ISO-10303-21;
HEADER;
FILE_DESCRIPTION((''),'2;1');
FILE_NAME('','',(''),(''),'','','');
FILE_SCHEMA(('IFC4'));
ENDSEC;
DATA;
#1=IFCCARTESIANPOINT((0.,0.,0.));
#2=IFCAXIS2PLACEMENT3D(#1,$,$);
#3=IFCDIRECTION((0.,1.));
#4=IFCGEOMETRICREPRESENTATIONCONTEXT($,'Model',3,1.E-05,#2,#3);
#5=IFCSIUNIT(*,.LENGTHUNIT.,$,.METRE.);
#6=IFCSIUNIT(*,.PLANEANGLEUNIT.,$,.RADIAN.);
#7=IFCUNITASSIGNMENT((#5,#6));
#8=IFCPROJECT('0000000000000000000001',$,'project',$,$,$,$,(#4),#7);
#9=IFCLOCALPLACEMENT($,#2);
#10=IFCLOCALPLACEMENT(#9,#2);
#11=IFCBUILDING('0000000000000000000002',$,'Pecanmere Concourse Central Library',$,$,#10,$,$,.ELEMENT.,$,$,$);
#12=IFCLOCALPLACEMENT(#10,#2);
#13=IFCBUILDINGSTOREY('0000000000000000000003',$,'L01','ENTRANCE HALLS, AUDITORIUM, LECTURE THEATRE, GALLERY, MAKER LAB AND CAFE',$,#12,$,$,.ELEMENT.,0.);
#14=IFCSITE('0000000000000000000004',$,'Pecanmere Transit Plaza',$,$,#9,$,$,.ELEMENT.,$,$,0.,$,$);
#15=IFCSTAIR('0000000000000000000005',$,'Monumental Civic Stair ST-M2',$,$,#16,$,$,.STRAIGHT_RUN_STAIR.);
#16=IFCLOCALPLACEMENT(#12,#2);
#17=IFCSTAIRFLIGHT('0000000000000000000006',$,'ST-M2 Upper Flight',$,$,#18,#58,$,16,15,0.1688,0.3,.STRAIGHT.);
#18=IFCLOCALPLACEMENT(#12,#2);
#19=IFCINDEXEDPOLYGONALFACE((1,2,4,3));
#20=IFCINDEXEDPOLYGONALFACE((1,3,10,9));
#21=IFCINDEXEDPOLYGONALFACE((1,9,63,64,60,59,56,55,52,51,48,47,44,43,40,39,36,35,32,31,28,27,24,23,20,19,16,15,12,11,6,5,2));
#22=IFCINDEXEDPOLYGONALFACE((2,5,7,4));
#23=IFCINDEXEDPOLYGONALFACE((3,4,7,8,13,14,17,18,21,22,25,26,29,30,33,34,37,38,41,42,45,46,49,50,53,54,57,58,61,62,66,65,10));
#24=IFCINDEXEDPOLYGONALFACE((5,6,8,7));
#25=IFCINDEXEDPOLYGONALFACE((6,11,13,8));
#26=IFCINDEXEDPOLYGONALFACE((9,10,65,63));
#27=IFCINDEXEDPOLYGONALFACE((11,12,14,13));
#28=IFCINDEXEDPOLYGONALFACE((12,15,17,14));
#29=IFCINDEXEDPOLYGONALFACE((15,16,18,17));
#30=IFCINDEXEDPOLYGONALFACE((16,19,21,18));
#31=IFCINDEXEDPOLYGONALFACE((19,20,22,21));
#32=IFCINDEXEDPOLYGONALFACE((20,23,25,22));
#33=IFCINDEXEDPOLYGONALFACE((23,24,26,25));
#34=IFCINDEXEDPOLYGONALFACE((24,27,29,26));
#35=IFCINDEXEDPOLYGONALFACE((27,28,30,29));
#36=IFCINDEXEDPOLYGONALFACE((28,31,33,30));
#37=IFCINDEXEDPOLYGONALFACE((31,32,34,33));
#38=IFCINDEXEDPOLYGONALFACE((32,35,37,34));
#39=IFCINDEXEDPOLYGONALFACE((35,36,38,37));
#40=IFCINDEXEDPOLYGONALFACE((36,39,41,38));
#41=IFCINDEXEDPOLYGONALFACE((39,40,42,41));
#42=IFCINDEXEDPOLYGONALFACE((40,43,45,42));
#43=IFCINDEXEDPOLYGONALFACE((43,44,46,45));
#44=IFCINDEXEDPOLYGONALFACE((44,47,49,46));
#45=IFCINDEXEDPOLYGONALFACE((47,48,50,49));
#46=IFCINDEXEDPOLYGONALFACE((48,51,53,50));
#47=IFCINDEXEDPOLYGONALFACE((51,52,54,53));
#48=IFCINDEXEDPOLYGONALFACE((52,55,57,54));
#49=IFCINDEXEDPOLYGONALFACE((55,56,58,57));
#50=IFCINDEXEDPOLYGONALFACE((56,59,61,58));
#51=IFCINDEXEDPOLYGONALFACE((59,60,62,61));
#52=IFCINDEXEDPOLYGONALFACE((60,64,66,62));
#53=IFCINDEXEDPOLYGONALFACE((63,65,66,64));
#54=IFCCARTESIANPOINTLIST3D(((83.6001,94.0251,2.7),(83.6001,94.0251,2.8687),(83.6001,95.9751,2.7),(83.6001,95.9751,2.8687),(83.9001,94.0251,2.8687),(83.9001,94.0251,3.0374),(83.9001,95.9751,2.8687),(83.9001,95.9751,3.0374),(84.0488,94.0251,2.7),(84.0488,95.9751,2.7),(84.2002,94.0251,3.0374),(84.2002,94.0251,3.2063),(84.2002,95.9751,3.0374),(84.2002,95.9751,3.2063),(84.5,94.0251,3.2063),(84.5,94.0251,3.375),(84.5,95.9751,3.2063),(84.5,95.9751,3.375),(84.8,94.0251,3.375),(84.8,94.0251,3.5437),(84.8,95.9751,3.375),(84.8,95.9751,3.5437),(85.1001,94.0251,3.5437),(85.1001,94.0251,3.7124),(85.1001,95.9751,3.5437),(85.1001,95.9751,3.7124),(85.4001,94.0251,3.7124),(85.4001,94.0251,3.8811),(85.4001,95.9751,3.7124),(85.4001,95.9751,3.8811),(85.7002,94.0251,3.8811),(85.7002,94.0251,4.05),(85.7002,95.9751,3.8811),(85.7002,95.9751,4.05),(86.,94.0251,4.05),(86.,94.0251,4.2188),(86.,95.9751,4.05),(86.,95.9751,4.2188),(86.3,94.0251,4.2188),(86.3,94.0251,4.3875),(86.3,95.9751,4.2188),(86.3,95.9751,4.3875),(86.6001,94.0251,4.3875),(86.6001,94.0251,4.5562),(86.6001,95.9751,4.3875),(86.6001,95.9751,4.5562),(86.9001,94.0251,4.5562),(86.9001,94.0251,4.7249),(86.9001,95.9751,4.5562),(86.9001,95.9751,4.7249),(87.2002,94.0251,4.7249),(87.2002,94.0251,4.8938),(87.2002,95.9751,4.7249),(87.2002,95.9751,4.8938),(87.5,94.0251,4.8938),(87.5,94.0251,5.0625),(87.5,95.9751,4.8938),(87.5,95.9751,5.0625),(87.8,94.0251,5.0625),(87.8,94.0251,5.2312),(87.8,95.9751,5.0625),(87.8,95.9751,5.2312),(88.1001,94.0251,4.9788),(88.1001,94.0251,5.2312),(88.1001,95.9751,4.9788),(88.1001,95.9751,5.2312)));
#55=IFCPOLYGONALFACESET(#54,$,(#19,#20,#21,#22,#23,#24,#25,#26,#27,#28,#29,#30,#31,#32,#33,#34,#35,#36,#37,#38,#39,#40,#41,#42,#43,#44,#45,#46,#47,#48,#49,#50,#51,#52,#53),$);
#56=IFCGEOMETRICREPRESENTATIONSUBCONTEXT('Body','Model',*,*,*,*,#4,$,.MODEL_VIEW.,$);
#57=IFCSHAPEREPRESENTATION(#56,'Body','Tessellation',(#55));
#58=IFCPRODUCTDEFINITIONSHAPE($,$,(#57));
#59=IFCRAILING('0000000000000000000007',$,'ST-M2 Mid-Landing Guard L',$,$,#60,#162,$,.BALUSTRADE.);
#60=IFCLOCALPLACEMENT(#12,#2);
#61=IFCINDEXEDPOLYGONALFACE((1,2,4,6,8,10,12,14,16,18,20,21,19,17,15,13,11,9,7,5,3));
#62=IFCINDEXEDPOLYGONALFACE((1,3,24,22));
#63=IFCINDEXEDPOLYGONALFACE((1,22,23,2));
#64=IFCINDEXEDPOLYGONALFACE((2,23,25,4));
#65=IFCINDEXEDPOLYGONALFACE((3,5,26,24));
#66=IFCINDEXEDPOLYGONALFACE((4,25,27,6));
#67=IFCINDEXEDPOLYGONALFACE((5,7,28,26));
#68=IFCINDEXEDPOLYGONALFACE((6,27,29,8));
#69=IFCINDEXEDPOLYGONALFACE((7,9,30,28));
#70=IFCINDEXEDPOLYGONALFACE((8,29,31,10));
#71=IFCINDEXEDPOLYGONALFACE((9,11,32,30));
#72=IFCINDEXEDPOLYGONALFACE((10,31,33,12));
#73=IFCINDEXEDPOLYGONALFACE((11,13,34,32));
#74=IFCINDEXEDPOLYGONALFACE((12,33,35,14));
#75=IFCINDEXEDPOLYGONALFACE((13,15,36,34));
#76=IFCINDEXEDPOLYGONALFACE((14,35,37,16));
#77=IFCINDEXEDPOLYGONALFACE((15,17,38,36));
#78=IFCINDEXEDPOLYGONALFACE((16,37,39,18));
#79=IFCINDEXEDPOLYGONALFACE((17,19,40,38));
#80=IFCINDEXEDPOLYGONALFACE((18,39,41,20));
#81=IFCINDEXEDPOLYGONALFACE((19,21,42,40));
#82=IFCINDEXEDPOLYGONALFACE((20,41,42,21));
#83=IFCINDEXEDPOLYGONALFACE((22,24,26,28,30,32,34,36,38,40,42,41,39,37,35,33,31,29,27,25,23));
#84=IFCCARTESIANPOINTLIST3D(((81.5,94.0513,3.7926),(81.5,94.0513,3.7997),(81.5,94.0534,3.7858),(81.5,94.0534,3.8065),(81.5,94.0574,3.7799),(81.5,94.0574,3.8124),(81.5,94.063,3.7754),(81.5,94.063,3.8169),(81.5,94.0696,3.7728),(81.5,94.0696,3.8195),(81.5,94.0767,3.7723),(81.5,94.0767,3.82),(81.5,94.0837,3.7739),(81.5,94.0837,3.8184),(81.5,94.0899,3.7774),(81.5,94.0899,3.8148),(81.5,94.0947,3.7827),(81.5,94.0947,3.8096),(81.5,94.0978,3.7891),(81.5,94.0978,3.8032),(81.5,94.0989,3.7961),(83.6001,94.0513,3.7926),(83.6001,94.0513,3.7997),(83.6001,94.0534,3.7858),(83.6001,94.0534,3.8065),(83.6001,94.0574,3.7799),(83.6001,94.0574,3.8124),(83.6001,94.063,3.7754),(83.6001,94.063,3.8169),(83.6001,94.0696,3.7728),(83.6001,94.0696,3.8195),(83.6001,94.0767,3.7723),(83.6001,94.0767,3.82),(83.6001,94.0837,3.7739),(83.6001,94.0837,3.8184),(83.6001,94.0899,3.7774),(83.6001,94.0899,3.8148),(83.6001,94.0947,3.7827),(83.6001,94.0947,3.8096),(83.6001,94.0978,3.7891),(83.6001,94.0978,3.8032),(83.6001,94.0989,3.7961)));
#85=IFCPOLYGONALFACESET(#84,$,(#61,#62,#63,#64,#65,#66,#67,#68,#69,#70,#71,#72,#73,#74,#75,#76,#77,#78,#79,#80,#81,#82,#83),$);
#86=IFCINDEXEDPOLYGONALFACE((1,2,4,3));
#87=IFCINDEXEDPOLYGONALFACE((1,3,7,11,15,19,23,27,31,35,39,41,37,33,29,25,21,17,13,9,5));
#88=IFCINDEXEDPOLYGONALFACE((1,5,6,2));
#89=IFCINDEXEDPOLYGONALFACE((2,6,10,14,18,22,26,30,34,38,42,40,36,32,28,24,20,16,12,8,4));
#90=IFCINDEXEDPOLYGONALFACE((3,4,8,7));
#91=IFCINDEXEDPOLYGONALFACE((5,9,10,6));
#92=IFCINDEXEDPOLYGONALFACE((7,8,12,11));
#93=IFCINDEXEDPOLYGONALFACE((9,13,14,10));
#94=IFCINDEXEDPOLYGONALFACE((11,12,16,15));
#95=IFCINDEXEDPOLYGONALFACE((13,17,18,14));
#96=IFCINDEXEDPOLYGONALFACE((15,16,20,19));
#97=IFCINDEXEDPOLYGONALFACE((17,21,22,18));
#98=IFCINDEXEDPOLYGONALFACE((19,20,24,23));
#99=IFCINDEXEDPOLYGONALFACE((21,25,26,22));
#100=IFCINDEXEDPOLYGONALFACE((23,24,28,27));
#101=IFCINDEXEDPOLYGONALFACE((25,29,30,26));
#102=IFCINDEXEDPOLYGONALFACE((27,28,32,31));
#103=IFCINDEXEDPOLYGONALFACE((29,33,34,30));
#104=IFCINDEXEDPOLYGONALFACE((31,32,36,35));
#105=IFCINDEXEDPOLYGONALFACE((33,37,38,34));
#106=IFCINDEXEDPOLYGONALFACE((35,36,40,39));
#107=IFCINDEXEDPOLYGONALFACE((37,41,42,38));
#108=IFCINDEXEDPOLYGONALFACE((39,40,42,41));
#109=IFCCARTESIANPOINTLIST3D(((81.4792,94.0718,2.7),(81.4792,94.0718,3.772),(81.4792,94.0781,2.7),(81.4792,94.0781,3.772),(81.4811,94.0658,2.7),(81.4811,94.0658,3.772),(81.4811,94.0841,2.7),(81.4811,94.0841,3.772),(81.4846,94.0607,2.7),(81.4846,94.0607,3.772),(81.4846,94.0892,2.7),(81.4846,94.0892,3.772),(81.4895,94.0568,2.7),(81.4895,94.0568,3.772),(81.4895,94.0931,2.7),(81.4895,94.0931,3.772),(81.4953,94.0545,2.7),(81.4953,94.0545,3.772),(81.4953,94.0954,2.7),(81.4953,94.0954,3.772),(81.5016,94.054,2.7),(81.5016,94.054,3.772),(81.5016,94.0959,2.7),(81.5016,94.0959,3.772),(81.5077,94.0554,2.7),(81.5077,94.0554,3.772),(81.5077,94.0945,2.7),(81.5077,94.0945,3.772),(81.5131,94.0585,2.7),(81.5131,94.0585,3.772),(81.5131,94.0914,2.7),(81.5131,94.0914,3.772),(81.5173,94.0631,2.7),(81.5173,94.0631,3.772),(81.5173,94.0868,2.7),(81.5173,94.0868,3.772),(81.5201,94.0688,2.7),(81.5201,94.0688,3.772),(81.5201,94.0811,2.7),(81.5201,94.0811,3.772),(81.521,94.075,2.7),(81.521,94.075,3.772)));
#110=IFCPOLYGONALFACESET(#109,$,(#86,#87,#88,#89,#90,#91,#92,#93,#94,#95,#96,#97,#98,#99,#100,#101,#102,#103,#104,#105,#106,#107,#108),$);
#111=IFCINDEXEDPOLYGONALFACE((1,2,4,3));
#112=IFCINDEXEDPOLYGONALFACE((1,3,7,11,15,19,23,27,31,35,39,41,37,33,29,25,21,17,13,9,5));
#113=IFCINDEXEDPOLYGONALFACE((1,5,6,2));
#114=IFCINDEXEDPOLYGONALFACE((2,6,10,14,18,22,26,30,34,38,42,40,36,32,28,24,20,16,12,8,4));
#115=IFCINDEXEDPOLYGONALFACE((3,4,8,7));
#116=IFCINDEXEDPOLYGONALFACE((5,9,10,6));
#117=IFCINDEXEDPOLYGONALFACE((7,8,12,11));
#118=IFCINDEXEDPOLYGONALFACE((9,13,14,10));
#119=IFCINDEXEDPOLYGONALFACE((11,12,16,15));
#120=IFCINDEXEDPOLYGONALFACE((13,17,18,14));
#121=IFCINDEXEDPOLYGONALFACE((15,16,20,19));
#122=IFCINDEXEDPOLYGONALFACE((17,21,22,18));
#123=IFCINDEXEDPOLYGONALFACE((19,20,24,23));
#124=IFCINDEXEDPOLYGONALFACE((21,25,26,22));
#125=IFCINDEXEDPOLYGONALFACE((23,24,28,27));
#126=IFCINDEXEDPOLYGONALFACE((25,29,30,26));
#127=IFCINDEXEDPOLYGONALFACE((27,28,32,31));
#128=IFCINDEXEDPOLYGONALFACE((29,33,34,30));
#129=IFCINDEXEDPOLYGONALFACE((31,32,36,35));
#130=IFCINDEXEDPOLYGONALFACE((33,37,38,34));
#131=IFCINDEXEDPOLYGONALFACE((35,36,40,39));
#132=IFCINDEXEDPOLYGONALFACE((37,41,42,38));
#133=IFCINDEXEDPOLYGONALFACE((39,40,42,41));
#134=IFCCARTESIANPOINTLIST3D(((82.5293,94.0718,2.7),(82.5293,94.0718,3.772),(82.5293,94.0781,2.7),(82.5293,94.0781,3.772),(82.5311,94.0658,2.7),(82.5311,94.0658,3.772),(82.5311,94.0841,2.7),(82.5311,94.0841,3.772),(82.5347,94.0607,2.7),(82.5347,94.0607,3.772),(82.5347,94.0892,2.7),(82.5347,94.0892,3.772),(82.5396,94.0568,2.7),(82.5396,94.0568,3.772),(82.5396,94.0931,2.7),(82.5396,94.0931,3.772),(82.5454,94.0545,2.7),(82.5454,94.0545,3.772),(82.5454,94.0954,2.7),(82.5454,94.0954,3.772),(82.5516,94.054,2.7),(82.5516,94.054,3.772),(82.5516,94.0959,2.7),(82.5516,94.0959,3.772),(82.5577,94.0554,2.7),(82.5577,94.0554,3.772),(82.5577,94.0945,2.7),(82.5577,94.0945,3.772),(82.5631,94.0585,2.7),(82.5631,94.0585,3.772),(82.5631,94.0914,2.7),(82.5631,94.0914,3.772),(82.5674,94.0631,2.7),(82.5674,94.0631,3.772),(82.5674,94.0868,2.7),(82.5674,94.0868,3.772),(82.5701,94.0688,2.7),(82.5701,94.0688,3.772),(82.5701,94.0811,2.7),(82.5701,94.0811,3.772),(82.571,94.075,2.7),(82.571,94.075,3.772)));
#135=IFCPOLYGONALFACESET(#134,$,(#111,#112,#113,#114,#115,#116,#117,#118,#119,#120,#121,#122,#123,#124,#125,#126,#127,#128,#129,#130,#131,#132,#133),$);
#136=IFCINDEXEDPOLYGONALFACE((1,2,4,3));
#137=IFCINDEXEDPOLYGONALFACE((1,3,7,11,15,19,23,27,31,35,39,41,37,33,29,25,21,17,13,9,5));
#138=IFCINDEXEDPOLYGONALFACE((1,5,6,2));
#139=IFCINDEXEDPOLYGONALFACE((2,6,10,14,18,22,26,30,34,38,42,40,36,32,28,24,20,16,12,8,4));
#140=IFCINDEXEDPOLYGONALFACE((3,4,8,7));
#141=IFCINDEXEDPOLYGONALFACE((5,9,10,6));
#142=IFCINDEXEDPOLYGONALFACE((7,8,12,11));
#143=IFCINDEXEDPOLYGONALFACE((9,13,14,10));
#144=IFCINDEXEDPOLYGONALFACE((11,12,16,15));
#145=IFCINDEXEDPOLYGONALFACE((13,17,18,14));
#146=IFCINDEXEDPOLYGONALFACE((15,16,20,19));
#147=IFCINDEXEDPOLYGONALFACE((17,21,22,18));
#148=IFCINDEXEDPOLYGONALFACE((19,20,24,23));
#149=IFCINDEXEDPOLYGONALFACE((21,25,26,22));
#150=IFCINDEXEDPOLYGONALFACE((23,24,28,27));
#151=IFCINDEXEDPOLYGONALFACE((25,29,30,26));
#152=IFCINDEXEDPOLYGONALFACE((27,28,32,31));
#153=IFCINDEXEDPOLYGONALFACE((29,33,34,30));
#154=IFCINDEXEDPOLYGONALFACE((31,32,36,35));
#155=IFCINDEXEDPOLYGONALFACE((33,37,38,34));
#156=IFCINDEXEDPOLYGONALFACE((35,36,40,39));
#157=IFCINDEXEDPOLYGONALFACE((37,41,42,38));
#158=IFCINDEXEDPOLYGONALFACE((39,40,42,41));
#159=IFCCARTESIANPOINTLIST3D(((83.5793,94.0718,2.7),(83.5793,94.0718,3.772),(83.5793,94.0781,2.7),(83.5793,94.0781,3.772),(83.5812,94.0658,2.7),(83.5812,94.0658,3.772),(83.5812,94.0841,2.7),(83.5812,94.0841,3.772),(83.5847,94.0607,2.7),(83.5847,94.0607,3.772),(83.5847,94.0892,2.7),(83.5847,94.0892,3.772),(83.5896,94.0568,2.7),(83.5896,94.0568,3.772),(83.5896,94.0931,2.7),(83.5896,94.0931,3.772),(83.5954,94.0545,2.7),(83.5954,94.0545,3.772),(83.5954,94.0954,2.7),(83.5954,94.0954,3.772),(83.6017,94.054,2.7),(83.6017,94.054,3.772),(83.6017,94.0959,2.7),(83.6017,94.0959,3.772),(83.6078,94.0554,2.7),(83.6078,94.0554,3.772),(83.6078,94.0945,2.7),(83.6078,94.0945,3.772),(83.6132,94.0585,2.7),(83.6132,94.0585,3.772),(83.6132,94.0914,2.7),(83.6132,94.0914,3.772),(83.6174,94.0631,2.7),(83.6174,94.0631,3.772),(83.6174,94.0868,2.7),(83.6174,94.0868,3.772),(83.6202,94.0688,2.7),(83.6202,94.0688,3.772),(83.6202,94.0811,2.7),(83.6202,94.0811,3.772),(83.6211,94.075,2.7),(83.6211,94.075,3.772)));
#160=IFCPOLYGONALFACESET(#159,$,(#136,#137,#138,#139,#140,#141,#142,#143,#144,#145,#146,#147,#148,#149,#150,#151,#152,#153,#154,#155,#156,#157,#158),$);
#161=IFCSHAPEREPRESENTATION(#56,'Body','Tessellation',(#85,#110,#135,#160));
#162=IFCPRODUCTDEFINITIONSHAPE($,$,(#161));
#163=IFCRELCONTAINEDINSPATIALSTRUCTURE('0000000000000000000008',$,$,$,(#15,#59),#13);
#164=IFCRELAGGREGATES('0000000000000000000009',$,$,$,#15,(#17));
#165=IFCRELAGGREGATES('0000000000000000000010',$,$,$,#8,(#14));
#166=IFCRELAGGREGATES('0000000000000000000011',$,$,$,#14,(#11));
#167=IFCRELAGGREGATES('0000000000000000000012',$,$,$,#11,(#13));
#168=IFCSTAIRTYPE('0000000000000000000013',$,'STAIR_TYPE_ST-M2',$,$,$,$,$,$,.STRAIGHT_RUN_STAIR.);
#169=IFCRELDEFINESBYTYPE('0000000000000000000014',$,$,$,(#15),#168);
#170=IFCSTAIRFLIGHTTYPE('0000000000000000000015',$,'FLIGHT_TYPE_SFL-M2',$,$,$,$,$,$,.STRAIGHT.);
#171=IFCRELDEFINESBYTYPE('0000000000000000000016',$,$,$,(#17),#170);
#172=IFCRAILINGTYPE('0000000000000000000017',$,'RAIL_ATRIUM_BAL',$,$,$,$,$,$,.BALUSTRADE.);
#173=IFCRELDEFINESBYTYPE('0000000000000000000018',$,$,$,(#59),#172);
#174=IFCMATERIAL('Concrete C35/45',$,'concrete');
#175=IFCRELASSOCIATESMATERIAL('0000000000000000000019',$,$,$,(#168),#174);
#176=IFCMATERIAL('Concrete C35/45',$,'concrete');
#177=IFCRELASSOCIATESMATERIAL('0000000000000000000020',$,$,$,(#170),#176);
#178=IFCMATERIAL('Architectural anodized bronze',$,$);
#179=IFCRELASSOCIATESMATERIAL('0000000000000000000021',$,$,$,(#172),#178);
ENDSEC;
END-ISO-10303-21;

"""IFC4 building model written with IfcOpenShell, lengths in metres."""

from ifc_helpers import new_model, si_unit, direction, frame, origin, origin_2d, place, context, subcontext, project, spatial, polyline, circle, outline, extrude, material, type_object, element, aggregate, save


model = new_model("IFC4")

# Units and contexts
model_context = context("Model", 3, precision=1e-05, world=origin(), true_north=direction((0.0, 1.0)))
body_context = subcontext(model_context, "Body", "Model", "MODEL_VIEW")
ifc_project = project(units=[si_unit("LENGTHUNIT", "METRE"), si_unit("PLANEANGLEUNIT", "RADIAN")], contexts=[model_context])

# Site, building, storey
site_placement = place(None, origin())
site = spatial("IfcSite", under=ifc_project, at=site_placement, Name="Pecanmere Transit Plaza", CompositionType="ELEMENT", RefElevation=0.0)
building_placement = place(site_placement, origin())
building = spatial("IfcBuilding", under=site, at=building_placement, Name="Pecanmere Concourse Central Library", CompositionType="ELEMENT")
storey_placement = place(building_placement, origin())
storey = spatial("IfcBuildingStorey", under=building, at=storey_placement, Name="L01", Description="ENTRANCE HALLS, AUDITORIUM, LECTURE THEATRE, GALLERY, MAKER LAB AND CAFE", CompositionType="ELEMENT", Elevation=0.0)

# Stair, stair flight
ifc_material_1 = material(Name="Concrete C35/45", Category="concrete")
stair_type = type_object("IfcStairType", Name="STAIR_TYPE_ST-M2", PredefinedType="STRAIGHT_RUN_STAIR", material=ifc_material_1)
stair_placement = place(storey_placement, origin())
stair = element("IfcStair", 1, at=stair_placement, inside=storey, type_object=stair_type, Name="Monumental Civic Stair ST-M2", PredefinedType="STRAIGHT_RUN_STAIR")
ifc_material_2 = material(Name="Concrete C35/45", Category="concrete")
stair_flight_type = type_object("IfcStairFlightType", Name="FLIGHT_TYPE_SFL-M2", PredefinedType="STRAIGHT", material=ifc_material_2)
stair_flight_placement = place(storey_placement, frame((83.6001, 95.0, 2.7), z_axis=(0.0, 0.0, 1.0), x_axis=(1.0, 0.0, 0.0)))
stair_flight = element("IfcStairFlight", 2, at=stair_flight_placement, type_object=stair_flight_type, Name="ST-M2 Upper Flight", NumberOfRisers=16, NumberOfTreads=15, PredefinedType="STRAIGHT", RiserHeight=0.1688, TreadLength=0.3, context=body_context, shape_type="SweptSolid", body=[
    extrude(outline(polyline([(0.0, 0.0), (0.0, 0.1687), (0.3, 0.1687), (0.3, 0.3374), (0.6001, 0.3374), (0.6001, 0.5063), (0.8999, 0.5063), (0.8999, 0.675), (1.2, 0.675), (1.2, 0.8438), (1.5, 0.8438), (1.5, 1.0125), (1.8, 1.0125), (1.8, 1.1812), (2.1001, 1.1812), (2.1001, 1.3501), (2.3999, 1.3501), (2.3999, 1.5188), (2.7, 1.5188), (2.7, 1.6875), (3.0, 1.6875), (3.0, 1.8562), (3.3, 1.8562), (3.3, 2.0249), (3.6001, 2.0249), (3.6001, 2.1938), (3.8999, 2.1938), (3.8999, 2.3625), (4.2, 2.3625), (4.2, 2.5312), (4.5, 2.5312), (4.5, 2.7), (4.5, 2.2788), (0.4487, 0.0), (0.0, 0.0)])), frame((0.0, 0.9751, 0.0), z_axis=(0.0, -1.0, 0.0), x_axis=(1.0, 0.0, 0.0)), (0.0, 0.0, 1.0), 1.95),
])
aggregate(stair, [stair_flight])

# Railing
ifc_material_3 = material(Name="Architectural anodized bronze")
railing_type_1 = type_object("IfcRailingType", Name="RAIL_ATRIUM_BAL", PredefinedType="BALUSTRADE", material=ifc_material_3)
for number, where, name in (
    (3, (81.5, 94.075, 2.7), "ST-M2 Mid-Landing Guard L"),
):
    element("IfcRailing", number, at=place(storey_placement, frame(where)), inside=storey, type_object=railing_type_1, Name=name, PredefinedType="BALUSTRADE", context=body_context, shape_type="SweptSolid", body=[
        extrude(circle(Radius=0.0239, at=origin_2d()), frame((0.0, 0.0, 1.0962), z_axis=(1.0, 0.0, 0.0), x_axis=(0.0, 1.0, 0.0)), (0.0, 0.0, 1.0), 2.1001),
        extrude(circle(Radius=0.021, at=origin_2d()), origin(), (0.0, 0.0, 1.0), 1.072),
        extrude(circle(Radius=0.021, at=origin_2d()), frame((1.05, 0.0, 0.0)), (0.0, 0.0, 1.0), 1.072),
        extrude(circle(Radius=0.021, at=origin_2d()), frame((2.1001, 0.0, 0.0)), (0.0, 0.0, 1.0), 1.072),
    ])

save(model, "model.ifc")
